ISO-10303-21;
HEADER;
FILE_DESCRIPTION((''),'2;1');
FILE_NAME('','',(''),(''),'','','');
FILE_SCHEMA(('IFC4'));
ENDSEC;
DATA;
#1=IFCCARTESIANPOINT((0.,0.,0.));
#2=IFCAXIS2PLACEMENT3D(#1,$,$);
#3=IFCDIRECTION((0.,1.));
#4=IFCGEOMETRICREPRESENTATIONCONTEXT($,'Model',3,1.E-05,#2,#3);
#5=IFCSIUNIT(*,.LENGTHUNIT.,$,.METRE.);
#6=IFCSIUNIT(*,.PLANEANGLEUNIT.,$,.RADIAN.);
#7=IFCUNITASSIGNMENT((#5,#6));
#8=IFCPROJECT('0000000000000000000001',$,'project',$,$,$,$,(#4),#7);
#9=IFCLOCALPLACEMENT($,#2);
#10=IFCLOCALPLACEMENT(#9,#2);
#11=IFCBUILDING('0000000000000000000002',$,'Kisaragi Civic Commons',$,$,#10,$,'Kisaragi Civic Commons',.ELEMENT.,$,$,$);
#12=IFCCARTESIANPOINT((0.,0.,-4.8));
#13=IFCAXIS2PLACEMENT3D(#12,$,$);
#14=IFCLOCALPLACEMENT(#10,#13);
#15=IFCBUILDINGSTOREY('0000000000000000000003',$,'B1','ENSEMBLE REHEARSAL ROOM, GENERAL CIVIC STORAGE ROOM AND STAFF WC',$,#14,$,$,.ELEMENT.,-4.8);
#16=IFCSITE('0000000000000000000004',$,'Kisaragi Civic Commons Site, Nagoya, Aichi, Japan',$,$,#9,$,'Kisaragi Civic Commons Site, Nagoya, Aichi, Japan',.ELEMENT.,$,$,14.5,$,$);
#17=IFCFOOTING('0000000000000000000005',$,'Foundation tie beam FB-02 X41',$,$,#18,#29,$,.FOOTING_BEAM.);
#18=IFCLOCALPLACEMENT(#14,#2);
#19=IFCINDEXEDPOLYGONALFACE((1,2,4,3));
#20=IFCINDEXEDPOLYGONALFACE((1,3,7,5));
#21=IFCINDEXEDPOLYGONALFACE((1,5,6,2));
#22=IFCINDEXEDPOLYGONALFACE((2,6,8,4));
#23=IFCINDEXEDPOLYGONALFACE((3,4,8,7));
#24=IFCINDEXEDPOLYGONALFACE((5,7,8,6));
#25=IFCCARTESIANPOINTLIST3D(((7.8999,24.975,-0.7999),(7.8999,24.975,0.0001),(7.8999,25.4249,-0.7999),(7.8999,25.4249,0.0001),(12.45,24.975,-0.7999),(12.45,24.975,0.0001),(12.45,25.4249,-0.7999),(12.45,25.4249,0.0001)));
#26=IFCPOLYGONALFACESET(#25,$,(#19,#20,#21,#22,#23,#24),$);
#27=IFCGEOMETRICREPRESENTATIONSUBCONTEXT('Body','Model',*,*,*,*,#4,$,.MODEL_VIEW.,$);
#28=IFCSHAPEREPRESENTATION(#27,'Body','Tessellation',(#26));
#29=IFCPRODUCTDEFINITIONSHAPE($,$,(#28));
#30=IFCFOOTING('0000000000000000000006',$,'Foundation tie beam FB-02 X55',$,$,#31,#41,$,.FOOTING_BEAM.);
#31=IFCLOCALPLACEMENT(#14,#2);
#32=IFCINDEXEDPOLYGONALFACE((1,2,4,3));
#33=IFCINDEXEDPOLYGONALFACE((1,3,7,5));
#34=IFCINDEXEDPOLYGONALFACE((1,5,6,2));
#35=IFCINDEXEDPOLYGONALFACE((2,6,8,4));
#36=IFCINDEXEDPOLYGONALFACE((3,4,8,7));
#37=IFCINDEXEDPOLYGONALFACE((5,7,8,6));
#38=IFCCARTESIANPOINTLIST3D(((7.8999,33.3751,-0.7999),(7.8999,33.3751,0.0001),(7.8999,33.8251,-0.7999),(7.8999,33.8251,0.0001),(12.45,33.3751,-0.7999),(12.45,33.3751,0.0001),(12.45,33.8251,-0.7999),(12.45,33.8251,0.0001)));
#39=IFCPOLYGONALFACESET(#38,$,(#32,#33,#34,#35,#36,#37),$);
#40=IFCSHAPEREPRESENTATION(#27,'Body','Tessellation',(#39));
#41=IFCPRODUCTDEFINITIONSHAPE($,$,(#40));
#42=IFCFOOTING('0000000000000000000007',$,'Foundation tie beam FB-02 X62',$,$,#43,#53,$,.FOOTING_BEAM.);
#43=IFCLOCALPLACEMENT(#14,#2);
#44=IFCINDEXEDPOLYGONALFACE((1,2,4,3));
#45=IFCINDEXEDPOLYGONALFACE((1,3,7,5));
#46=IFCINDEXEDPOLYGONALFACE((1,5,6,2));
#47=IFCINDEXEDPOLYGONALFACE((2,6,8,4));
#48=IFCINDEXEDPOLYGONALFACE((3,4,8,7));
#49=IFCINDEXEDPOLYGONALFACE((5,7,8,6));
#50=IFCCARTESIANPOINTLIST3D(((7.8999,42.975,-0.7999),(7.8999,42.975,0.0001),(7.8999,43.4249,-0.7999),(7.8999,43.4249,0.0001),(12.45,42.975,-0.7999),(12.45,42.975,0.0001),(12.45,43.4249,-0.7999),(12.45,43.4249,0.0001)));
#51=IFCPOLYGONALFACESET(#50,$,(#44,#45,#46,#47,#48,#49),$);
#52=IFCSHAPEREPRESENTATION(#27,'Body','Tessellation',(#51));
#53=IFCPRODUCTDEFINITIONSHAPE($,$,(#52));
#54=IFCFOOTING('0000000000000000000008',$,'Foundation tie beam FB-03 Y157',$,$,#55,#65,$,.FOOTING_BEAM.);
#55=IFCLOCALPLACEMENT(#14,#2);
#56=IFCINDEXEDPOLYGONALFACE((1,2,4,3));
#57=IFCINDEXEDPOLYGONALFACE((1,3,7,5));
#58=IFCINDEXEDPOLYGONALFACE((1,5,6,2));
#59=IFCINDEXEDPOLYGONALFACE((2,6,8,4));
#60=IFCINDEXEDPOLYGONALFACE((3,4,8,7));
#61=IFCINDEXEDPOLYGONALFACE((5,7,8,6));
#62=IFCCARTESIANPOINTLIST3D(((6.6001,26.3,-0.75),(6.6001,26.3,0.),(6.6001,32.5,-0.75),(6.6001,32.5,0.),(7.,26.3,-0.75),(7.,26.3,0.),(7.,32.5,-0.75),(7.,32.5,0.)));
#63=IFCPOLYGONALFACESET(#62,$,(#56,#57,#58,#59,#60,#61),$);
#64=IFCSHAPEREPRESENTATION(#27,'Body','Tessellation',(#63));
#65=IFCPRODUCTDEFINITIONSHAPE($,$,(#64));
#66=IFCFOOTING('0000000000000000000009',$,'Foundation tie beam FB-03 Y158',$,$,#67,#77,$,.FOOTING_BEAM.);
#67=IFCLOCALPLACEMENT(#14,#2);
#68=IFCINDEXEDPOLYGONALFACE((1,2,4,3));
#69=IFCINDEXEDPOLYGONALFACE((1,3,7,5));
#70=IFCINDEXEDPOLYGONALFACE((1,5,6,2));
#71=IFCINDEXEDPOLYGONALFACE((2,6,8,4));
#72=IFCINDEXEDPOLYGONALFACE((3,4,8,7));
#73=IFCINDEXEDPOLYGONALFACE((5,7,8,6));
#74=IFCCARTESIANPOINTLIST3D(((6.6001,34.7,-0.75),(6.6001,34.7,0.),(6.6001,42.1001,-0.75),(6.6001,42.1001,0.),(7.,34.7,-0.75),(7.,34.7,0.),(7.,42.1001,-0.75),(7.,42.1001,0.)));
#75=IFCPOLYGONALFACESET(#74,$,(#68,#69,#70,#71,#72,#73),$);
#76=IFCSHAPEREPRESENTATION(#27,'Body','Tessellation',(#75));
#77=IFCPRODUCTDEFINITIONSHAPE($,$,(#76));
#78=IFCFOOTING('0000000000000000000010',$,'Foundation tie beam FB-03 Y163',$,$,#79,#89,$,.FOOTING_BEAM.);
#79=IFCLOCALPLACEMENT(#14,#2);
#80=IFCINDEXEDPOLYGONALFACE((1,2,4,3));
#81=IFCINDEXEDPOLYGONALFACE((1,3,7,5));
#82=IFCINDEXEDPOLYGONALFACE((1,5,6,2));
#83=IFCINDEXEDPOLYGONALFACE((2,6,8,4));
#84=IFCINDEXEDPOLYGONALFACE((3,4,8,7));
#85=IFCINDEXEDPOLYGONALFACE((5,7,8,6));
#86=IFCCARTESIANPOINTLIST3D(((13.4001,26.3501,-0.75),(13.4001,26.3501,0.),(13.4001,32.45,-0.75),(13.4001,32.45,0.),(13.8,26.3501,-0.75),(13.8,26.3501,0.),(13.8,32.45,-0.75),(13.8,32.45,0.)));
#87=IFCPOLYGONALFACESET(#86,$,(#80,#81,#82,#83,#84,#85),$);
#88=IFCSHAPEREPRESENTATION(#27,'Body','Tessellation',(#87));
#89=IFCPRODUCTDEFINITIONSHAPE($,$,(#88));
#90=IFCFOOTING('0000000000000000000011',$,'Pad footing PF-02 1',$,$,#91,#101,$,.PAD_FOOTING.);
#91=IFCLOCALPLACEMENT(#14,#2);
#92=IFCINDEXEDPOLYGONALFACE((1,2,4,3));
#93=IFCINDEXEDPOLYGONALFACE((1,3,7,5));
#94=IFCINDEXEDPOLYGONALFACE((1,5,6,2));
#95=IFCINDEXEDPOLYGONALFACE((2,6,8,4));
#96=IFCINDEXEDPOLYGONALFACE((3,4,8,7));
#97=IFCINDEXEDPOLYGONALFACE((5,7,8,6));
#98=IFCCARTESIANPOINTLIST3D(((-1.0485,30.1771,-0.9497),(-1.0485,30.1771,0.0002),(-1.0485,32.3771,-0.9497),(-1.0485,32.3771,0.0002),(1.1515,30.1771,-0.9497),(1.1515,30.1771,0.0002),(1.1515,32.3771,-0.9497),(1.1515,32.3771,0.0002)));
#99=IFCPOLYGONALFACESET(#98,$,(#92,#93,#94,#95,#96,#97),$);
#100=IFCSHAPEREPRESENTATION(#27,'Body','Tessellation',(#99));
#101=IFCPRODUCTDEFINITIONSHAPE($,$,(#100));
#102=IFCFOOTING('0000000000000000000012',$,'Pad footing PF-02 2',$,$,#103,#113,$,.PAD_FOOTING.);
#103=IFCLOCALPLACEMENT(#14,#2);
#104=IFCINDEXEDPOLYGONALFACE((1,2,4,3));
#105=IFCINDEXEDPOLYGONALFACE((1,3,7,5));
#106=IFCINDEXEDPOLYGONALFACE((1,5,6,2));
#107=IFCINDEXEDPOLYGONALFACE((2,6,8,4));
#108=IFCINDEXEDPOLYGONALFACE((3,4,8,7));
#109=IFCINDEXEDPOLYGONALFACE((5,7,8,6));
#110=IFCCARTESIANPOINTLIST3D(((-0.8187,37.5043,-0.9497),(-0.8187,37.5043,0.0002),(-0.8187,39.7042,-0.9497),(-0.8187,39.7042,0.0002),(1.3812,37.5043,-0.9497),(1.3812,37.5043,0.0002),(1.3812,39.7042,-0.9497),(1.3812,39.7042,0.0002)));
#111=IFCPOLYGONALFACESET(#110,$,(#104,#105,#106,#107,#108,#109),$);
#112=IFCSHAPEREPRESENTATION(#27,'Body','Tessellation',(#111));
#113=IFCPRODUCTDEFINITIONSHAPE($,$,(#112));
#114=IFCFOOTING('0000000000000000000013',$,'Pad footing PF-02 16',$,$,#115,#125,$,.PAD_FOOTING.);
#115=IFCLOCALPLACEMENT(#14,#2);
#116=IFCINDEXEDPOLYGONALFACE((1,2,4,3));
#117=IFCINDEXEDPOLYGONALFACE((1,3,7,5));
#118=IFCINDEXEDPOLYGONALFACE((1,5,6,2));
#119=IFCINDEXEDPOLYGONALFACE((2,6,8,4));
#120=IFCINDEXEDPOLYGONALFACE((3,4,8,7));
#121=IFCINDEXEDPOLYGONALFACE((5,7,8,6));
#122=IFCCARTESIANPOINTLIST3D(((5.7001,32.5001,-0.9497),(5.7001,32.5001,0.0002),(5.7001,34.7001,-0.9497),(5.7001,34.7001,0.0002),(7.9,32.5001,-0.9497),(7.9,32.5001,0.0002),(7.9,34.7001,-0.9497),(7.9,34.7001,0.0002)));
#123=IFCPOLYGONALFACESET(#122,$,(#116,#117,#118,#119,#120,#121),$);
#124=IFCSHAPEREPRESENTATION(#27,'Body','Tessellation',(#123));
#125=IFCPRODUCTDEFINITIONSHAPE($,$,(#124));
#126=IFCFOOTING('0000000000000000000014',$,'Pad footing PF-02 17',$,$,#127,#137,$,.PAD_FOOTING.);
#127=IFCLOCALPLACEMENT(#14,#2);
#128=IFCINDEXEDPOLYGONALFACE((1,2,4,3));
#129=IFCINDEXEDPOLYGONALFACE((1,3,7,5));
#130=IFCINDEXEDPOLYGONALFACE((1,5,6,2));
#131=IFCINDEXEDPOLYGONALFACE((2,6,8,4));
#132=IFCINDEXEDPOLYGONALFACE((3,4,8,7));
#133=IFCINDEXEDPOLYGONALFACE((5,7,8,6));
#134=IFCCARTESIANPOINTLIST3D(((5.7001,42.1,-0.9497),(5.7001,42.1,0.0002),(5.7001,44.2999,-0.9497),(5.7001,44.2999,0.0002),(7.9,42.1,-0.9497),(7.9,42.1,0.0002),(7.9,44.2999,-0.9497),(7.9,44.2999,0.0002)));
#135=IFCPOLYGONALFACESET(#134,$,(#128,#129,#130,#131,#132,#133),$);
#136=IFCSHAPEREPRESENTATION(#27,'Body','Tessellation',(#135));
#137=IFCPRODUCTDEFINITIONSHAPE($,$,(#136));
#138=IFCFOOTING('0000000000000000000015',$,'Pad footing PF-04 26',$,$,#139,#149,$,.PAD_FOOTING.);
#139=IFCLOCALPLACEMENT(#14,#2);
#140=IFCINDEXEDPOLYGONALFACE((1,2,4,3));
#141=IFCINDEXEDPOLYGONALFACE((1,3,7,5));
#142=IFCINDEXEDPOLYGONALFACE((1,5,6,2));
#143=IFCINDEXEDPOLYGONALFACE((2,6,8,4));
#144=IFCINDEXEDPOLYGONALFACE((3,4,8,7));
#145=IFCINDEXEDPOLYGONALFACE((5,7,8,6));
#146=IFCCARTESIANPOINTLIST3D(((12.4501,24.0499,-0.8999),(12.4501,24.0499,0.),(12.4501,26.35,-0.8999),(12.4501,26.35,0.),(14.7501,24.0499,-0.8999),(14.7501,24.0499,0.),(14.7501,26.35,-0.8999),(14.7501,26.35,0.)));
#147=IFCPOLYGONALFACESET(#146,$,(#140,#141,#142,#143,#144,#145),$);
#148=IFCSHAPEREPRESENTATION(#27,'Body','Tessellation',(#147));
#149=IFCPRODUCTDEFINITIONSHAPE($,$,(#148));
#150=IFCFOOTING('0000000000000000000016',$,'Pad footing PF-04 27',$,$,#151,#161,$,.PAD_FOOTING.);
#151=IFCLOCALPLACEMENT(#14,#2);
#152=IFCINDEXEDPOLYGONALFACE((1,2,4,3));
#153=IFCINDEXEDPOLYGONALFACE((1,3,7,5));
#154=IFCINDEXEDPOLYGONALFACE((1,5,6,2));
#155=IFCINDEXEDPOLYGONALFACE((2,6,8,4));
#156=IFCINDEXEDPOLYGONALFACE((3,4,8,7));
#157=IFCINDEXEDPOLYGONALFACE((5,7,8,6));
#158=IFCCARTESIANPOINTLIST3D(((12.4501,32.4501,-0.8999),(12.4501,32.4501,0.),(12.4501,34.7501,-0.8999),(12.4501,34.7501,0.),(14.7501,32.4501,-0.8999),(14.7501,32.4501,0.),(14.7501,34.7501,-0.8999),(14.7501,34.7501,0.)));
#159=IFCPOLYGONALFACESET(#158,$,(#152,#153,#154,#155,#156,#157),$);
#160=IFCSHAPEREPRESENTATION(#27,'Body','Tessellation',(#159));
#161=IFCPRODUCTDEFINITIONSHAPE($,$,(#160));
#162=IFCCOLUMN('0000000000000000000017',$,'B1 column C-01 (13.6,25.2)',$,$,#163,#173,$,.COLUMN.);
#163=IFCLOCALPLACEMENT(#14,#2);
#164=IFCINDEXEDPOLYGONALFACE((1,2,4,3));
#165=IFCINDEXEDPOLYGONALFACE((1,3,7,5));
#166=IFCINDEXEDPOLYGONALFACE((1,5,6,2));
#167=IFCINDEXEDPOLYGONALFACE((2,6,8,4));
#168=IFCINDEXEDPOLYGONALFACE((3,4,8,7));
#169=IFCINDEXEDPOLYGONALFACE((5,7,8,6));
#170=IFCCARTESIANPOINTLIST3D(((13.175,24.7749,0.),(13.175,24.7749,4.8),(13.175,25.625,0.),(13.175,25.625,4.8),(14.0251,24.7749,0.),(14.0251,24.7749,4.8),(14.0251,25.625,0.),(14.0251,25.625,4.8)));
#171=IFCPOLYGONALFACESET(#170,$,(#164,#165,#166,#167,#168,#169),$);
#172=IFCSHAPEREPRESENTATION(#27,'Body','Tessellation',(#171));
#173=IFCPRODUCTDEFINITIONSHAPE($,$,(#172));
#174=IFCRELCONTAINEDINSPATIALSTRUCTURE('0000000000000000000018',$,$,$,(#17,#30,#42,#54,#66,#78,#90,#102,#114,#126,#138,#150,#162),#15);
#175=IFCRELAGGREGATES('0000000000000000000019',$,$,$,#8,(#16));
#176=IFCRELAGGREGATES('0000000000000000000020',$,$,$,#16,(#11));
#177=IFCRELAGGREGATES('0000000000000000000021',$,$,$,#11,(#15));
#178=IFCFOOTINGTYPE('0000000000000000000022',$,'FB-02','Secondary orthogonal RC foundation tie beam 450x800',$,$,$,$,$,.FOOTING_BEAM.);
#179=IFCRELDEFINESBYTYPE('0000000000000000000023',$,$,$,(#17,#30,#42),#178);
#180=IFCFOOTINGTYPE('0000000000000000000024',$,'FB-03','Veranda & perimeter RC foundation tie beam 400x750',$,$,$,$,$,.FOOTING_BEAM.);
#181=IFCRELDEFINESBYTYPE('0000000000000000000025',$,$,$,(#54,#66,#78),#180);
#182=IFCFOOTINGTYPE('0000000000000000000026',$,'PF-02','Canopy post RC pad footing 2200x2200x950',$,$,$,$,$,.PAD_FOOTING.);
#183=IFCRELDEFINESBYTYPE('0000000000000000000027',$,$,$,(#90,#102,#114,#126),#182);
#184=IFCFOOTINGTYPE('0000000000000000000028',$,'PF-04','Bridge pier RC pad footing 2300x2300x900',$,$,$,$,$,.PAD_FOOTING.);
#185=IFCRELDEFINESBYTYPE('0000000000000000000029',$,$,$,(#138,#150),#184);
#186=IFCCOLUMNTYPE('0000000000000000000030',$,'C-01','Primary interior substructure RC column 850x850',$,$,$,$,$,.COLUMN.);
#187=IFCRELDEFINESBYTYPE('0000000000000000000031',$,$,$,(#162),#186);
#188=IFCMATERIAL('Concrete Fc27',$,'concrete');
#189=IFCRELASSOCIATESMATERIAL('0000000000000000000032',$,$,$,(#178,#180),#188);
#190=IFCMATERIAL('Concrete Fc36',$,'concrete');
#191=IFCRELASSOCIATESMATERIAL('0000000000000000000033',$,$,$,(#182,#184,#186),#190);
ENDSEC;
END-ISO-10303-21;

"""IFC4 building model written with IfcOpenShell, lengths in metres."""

from ifc_helpers import new_model, si_unit, direction, frame, origin, origin_2d, place, context, subcontext, project, spatial, rectangle, extrude, material, material_profile, profile_set, type_object, element, save


model = new_model("IFC4")

# Units and contexts
model_context = context("Model", 3, precision=1e-05, world=origin(), true_north=direction((0.0, 1.0)))
body_context = subcontext(model_context, "Body", "Model", "MODEL_VIEW")
ifc_project = project(units=[si_unit("LENGTHUNIT", "METRE"), si_unit("PLANEANGLEUNIT", "RADIAN")], contexts=[model_context])

# Site, building, storey
site_placement = place(None, origin())
site = spatial("IfcSite", under=ifc_project, at=site_placement, Name="Kisaragi Civic Commons Site, Nagoya, Aichi, Japan", LongName="Kisaragi Civic Commons Site, Nagoya, Aichi, Japan", CompositionType="ELEMENT", RefElevation=14.5)
building_placement = place(site_placement, origin())
building = spatial("IfcBuilding", under=site, at=building_placement, Name="Kisaragi Civic Commons", LongName="Kisaragi Civic Commons", CompositionType="ELEMENT")
storey_placement = place(building_placement, frame((0.0, 0.0, -4.8)))
storey = spatial("IfcBuildingStorey", under=building, at=storey_placement, Name="B1", Description="ENSEMBLE REHEARSAL ROOM, GENERAL CIVIC STORAGE ROOM AND STAFF WC", CompositionType="ELEMENT", Elevation=-4.8)

# Footings
ifc_material_1 = material(Name="Concrete Fc27", Category="concrete")
ifc_material_profile_1 = material_profile(ifc_material_1, rectangle(XDim=0.45, YDim=0.8, at=origin_2d()), Name="RC-450x800", Category="concrete")
ifc_profile_set_1 = profile_set([ifc_material_profile_1], Name="Concrete Fc27")
footing_type_1 = type_object("IfcFootingType", Name="FB-02", Description="Secondary orthogonal RC foundation tie beam 450x800", PredefinedType="FOOTING_BEAM", material=ifc_profile_set_1)
for number, where, z_axis, x_axis, name in (
    (1, (7.8999, 25.2, -0.3999), (1.0, 0.0, 0.0), (0.0, 1.0, 0.0), "Foundation tie beam FB-02 X41"),
    (2, (7.8999, 33.6001, -0.3999), (1.0, 0.0, 0.0), (0.0, 1.0, 0.0), "Foundation tie beam FB-02 X55"),
    (3, (7.8999, 43.2, -0.3999), (1.0, 0.0, 0.0), (0.0, 1.0, 0.0), "Foundation tie beam FB-02 X62"),
):
    element("IfcFooting", number, at=place(storey_placement, frame(where, z_axis=z_axis, x_axis=x_axis)), inside=storey, type_object=footing_type_1, Name=name, PredefinedType="FOOTING_BEAM", context=body_context, shape_type="SweptSolid", body=[
        extrude(rectangle(XDim=0.45, YDim=0.8, at=origin_2d()), origin(), (0.0, 0.0, 1.0), 4.55),
    ])
ifc_material_profile_2 = material_profile(ifc_material_1, rectangle(XDim=0.3999, YDim=0.75, at=origin_2d()), Name="RC-400x750", Category="concrete")
ifc_profile_set_2 = profile_set([ifc_material_profile_2], Name="Concrete Fc27")
footing_type_2 = type_object("IfcFootingType", Name="FB-03", Description="Veranda & perimeter RC foundation tie beam 400x750", PredefinedType="FOOTING_BEAM", material=ifc_profile_set_2)
footing_1_placement = place(storey_placement, frame((6.8, 26.3, -0.375), z_axis=(0.0, 1.0, 0.0), x_axis=(-1.0, 0.0, 0.0)))
element("IfcFooting", 4, at=footing_1_placement, inside=storey, type_object=footing_type_2, Name="Foundation tie beam FB-03 Y157", PredefinedType="FOOTING_BEAM", context=body_context, shape_type="SweptSolid", body=[
    extrude(rectangle(XDim=0.3999, YDim=0.75, at=origin_2d()), origin(), (0.0, 0.0, 1.0), 6.2),
])
footing_2_placement = place(storey_placement, frame((6.8, 34.7, -0.375), z_axis=(0.0, 1.0, 0.0), x_axis=(-1.0, 0.0, 0.0)))
element("IfcFooting", 5, at=footing_2_placement, inside=storey, type_object=footing_type_2, Name="Foundation tie beam FB-03 Y158", PredefinedType="FOOTING_BEAM", context=body_context, shape_type="SweptSolid", body=[
    extrude(rectangle(XDim=0.3999, YDim=0.75, at=origin_2d()), origin(), (0.0, 0.0, 1.0), 7.4001),
])
footing_3_placement = place(storey_placement, frame((13.6001, 26.3501, -0.375), z_axis=(0.0, 1.0, 0.0), x_axis=(-1.0, 0.0, 0.0)))
element("IfcFooting", 6, at=footing_3_placement, inside=storey, type_object=footing_type_2, Name="Foundation tie beam FB-03 Y163", PredefinedType="FOOTING_BEAM", context=body_context, shape_type="SweptSolid", body=[
    extrude(rectangle(XDim=0.3999, YDim=0.75, at=origin_2d()), origin(), (0.0, 0.0, 1.0), 6.0999),
])
ifc_material_2 = material(Name="Concrete Fc36", Category="concrete")
footing_type_3 = type_object("IfcFootingType", Name="PF-02", Description="Canopy post RC pad footing 2200x2200x950", PredefinedType="PAD_FOOTING", material=ifc_material_2)
for number, where, z_axis, x_axis, name in (
    (7, (0.0515, 31.2771, -0.9497), (0.0, 0.0, 1.0), (1.0, 0.0, 0.0), "Pad footing PF-02 1"),
    (8, (0.2812, 38.6042, -0.9497), (0.0, 0.0, 1.0), (1.0, 0.0, 0.0), "Pad footing PF-02 2"),
    (9, (6.8, 33.6001, -0.9497), (0.0, 0.0, 1.0), (1.0, 0.0, 0.0), "Pad footing PF-02 16"),
    (10, (6.8, 43.2, -0.9497), (0.0, 0.0, 1.0), (1.0, 0.0, 0.0), "Pad footing PF-02 17"),
):
    element("IfcFooting", number, at=place(storey_placement, frame(where, z_axis=z_axis, x_axis=x_axis)), inside=storey, type_object=footing_type_3, Name=name, PredefinedType="PAD_FOOTING", context=body_context, shape_type="SweptSolid", body=[
        extrude(rectangle(XDim=2.2, YDim=2.2, at=origin_2d()), origin(), (0.0, 0.0, 1.0), 0.95),
    ])
footing_type_4 = type_object("IfcFootingType", Name="PF-04", Description="Bridge pier RC pad footing 2300x2300x900", PredefinedType="PAD_FOOTING", material=ifc_material_2)
for number, where, z_axis, x_axis, name in (
    (11, (13.6001, 25.2, -0.8999), (0.0, 0.0, 1.0), (1.0, 0.0, 0.0), "Pad footing PF-04 26"),
    (12, (13.6001, 33.6001, -0.8999), (0.0, 0.0, 1.0), (1.0, 0.0, 0.0), "Pad footing PF-04 27"),
):
    element("IfcFooting", number, at=place(storey_placement, frame(where, z_axis=z_axis, x_axis=x_axis)), inside=storey, type_object=footing_type_4, Name=name, PredefinedType="PAD_FOOTING", context=body_context, shape_type="SweptSolid", body=[
        extrude(rectangle(XDim=2.3, YDim=2.3, at=origin_2d()), origin(), (0.0, 0.0, 1.0), 0.8999),
    ])

# Column
ifc_material_profile_3 = material_profile(ifc_material_2, rectangle(XDim=0.8501, YDim=0.8501, at=origin_2d()), Name="RC-850x850", Category="concrete")
ifc_profile_set_3 = profile_set([ifc_material_profile_3], Name="Concrete Fc36")
column_type_1 = type_object("IfcColumnType", Name="C-01", Description="Primary interior substructure RC column 850x850", PredefinedType="COLUMN", material=ifc_profile_set_3)
column_placement = place(storey_placement, frame((13.6001, 25.2, 0.0), z_axis=(0.0, 0.0, 1.0), x_axis=(1.0, 0.0, 0.0)))
element("IfcColumn", 13, at=column_placement, inside=storey, type_object=column_type_1, Name="B1 column C-01 (13.6,25.2)", PredefinedType="COLUMN", context=body_context, shape_type="SweptSolid", body=[
    extrude(rectangle(XDim=0.8501, YDim=0.8501, at=origin_2d()), origin(), (0.0, 0.0, 1.0), 4.8),
])

save(model, "model.ifc")
